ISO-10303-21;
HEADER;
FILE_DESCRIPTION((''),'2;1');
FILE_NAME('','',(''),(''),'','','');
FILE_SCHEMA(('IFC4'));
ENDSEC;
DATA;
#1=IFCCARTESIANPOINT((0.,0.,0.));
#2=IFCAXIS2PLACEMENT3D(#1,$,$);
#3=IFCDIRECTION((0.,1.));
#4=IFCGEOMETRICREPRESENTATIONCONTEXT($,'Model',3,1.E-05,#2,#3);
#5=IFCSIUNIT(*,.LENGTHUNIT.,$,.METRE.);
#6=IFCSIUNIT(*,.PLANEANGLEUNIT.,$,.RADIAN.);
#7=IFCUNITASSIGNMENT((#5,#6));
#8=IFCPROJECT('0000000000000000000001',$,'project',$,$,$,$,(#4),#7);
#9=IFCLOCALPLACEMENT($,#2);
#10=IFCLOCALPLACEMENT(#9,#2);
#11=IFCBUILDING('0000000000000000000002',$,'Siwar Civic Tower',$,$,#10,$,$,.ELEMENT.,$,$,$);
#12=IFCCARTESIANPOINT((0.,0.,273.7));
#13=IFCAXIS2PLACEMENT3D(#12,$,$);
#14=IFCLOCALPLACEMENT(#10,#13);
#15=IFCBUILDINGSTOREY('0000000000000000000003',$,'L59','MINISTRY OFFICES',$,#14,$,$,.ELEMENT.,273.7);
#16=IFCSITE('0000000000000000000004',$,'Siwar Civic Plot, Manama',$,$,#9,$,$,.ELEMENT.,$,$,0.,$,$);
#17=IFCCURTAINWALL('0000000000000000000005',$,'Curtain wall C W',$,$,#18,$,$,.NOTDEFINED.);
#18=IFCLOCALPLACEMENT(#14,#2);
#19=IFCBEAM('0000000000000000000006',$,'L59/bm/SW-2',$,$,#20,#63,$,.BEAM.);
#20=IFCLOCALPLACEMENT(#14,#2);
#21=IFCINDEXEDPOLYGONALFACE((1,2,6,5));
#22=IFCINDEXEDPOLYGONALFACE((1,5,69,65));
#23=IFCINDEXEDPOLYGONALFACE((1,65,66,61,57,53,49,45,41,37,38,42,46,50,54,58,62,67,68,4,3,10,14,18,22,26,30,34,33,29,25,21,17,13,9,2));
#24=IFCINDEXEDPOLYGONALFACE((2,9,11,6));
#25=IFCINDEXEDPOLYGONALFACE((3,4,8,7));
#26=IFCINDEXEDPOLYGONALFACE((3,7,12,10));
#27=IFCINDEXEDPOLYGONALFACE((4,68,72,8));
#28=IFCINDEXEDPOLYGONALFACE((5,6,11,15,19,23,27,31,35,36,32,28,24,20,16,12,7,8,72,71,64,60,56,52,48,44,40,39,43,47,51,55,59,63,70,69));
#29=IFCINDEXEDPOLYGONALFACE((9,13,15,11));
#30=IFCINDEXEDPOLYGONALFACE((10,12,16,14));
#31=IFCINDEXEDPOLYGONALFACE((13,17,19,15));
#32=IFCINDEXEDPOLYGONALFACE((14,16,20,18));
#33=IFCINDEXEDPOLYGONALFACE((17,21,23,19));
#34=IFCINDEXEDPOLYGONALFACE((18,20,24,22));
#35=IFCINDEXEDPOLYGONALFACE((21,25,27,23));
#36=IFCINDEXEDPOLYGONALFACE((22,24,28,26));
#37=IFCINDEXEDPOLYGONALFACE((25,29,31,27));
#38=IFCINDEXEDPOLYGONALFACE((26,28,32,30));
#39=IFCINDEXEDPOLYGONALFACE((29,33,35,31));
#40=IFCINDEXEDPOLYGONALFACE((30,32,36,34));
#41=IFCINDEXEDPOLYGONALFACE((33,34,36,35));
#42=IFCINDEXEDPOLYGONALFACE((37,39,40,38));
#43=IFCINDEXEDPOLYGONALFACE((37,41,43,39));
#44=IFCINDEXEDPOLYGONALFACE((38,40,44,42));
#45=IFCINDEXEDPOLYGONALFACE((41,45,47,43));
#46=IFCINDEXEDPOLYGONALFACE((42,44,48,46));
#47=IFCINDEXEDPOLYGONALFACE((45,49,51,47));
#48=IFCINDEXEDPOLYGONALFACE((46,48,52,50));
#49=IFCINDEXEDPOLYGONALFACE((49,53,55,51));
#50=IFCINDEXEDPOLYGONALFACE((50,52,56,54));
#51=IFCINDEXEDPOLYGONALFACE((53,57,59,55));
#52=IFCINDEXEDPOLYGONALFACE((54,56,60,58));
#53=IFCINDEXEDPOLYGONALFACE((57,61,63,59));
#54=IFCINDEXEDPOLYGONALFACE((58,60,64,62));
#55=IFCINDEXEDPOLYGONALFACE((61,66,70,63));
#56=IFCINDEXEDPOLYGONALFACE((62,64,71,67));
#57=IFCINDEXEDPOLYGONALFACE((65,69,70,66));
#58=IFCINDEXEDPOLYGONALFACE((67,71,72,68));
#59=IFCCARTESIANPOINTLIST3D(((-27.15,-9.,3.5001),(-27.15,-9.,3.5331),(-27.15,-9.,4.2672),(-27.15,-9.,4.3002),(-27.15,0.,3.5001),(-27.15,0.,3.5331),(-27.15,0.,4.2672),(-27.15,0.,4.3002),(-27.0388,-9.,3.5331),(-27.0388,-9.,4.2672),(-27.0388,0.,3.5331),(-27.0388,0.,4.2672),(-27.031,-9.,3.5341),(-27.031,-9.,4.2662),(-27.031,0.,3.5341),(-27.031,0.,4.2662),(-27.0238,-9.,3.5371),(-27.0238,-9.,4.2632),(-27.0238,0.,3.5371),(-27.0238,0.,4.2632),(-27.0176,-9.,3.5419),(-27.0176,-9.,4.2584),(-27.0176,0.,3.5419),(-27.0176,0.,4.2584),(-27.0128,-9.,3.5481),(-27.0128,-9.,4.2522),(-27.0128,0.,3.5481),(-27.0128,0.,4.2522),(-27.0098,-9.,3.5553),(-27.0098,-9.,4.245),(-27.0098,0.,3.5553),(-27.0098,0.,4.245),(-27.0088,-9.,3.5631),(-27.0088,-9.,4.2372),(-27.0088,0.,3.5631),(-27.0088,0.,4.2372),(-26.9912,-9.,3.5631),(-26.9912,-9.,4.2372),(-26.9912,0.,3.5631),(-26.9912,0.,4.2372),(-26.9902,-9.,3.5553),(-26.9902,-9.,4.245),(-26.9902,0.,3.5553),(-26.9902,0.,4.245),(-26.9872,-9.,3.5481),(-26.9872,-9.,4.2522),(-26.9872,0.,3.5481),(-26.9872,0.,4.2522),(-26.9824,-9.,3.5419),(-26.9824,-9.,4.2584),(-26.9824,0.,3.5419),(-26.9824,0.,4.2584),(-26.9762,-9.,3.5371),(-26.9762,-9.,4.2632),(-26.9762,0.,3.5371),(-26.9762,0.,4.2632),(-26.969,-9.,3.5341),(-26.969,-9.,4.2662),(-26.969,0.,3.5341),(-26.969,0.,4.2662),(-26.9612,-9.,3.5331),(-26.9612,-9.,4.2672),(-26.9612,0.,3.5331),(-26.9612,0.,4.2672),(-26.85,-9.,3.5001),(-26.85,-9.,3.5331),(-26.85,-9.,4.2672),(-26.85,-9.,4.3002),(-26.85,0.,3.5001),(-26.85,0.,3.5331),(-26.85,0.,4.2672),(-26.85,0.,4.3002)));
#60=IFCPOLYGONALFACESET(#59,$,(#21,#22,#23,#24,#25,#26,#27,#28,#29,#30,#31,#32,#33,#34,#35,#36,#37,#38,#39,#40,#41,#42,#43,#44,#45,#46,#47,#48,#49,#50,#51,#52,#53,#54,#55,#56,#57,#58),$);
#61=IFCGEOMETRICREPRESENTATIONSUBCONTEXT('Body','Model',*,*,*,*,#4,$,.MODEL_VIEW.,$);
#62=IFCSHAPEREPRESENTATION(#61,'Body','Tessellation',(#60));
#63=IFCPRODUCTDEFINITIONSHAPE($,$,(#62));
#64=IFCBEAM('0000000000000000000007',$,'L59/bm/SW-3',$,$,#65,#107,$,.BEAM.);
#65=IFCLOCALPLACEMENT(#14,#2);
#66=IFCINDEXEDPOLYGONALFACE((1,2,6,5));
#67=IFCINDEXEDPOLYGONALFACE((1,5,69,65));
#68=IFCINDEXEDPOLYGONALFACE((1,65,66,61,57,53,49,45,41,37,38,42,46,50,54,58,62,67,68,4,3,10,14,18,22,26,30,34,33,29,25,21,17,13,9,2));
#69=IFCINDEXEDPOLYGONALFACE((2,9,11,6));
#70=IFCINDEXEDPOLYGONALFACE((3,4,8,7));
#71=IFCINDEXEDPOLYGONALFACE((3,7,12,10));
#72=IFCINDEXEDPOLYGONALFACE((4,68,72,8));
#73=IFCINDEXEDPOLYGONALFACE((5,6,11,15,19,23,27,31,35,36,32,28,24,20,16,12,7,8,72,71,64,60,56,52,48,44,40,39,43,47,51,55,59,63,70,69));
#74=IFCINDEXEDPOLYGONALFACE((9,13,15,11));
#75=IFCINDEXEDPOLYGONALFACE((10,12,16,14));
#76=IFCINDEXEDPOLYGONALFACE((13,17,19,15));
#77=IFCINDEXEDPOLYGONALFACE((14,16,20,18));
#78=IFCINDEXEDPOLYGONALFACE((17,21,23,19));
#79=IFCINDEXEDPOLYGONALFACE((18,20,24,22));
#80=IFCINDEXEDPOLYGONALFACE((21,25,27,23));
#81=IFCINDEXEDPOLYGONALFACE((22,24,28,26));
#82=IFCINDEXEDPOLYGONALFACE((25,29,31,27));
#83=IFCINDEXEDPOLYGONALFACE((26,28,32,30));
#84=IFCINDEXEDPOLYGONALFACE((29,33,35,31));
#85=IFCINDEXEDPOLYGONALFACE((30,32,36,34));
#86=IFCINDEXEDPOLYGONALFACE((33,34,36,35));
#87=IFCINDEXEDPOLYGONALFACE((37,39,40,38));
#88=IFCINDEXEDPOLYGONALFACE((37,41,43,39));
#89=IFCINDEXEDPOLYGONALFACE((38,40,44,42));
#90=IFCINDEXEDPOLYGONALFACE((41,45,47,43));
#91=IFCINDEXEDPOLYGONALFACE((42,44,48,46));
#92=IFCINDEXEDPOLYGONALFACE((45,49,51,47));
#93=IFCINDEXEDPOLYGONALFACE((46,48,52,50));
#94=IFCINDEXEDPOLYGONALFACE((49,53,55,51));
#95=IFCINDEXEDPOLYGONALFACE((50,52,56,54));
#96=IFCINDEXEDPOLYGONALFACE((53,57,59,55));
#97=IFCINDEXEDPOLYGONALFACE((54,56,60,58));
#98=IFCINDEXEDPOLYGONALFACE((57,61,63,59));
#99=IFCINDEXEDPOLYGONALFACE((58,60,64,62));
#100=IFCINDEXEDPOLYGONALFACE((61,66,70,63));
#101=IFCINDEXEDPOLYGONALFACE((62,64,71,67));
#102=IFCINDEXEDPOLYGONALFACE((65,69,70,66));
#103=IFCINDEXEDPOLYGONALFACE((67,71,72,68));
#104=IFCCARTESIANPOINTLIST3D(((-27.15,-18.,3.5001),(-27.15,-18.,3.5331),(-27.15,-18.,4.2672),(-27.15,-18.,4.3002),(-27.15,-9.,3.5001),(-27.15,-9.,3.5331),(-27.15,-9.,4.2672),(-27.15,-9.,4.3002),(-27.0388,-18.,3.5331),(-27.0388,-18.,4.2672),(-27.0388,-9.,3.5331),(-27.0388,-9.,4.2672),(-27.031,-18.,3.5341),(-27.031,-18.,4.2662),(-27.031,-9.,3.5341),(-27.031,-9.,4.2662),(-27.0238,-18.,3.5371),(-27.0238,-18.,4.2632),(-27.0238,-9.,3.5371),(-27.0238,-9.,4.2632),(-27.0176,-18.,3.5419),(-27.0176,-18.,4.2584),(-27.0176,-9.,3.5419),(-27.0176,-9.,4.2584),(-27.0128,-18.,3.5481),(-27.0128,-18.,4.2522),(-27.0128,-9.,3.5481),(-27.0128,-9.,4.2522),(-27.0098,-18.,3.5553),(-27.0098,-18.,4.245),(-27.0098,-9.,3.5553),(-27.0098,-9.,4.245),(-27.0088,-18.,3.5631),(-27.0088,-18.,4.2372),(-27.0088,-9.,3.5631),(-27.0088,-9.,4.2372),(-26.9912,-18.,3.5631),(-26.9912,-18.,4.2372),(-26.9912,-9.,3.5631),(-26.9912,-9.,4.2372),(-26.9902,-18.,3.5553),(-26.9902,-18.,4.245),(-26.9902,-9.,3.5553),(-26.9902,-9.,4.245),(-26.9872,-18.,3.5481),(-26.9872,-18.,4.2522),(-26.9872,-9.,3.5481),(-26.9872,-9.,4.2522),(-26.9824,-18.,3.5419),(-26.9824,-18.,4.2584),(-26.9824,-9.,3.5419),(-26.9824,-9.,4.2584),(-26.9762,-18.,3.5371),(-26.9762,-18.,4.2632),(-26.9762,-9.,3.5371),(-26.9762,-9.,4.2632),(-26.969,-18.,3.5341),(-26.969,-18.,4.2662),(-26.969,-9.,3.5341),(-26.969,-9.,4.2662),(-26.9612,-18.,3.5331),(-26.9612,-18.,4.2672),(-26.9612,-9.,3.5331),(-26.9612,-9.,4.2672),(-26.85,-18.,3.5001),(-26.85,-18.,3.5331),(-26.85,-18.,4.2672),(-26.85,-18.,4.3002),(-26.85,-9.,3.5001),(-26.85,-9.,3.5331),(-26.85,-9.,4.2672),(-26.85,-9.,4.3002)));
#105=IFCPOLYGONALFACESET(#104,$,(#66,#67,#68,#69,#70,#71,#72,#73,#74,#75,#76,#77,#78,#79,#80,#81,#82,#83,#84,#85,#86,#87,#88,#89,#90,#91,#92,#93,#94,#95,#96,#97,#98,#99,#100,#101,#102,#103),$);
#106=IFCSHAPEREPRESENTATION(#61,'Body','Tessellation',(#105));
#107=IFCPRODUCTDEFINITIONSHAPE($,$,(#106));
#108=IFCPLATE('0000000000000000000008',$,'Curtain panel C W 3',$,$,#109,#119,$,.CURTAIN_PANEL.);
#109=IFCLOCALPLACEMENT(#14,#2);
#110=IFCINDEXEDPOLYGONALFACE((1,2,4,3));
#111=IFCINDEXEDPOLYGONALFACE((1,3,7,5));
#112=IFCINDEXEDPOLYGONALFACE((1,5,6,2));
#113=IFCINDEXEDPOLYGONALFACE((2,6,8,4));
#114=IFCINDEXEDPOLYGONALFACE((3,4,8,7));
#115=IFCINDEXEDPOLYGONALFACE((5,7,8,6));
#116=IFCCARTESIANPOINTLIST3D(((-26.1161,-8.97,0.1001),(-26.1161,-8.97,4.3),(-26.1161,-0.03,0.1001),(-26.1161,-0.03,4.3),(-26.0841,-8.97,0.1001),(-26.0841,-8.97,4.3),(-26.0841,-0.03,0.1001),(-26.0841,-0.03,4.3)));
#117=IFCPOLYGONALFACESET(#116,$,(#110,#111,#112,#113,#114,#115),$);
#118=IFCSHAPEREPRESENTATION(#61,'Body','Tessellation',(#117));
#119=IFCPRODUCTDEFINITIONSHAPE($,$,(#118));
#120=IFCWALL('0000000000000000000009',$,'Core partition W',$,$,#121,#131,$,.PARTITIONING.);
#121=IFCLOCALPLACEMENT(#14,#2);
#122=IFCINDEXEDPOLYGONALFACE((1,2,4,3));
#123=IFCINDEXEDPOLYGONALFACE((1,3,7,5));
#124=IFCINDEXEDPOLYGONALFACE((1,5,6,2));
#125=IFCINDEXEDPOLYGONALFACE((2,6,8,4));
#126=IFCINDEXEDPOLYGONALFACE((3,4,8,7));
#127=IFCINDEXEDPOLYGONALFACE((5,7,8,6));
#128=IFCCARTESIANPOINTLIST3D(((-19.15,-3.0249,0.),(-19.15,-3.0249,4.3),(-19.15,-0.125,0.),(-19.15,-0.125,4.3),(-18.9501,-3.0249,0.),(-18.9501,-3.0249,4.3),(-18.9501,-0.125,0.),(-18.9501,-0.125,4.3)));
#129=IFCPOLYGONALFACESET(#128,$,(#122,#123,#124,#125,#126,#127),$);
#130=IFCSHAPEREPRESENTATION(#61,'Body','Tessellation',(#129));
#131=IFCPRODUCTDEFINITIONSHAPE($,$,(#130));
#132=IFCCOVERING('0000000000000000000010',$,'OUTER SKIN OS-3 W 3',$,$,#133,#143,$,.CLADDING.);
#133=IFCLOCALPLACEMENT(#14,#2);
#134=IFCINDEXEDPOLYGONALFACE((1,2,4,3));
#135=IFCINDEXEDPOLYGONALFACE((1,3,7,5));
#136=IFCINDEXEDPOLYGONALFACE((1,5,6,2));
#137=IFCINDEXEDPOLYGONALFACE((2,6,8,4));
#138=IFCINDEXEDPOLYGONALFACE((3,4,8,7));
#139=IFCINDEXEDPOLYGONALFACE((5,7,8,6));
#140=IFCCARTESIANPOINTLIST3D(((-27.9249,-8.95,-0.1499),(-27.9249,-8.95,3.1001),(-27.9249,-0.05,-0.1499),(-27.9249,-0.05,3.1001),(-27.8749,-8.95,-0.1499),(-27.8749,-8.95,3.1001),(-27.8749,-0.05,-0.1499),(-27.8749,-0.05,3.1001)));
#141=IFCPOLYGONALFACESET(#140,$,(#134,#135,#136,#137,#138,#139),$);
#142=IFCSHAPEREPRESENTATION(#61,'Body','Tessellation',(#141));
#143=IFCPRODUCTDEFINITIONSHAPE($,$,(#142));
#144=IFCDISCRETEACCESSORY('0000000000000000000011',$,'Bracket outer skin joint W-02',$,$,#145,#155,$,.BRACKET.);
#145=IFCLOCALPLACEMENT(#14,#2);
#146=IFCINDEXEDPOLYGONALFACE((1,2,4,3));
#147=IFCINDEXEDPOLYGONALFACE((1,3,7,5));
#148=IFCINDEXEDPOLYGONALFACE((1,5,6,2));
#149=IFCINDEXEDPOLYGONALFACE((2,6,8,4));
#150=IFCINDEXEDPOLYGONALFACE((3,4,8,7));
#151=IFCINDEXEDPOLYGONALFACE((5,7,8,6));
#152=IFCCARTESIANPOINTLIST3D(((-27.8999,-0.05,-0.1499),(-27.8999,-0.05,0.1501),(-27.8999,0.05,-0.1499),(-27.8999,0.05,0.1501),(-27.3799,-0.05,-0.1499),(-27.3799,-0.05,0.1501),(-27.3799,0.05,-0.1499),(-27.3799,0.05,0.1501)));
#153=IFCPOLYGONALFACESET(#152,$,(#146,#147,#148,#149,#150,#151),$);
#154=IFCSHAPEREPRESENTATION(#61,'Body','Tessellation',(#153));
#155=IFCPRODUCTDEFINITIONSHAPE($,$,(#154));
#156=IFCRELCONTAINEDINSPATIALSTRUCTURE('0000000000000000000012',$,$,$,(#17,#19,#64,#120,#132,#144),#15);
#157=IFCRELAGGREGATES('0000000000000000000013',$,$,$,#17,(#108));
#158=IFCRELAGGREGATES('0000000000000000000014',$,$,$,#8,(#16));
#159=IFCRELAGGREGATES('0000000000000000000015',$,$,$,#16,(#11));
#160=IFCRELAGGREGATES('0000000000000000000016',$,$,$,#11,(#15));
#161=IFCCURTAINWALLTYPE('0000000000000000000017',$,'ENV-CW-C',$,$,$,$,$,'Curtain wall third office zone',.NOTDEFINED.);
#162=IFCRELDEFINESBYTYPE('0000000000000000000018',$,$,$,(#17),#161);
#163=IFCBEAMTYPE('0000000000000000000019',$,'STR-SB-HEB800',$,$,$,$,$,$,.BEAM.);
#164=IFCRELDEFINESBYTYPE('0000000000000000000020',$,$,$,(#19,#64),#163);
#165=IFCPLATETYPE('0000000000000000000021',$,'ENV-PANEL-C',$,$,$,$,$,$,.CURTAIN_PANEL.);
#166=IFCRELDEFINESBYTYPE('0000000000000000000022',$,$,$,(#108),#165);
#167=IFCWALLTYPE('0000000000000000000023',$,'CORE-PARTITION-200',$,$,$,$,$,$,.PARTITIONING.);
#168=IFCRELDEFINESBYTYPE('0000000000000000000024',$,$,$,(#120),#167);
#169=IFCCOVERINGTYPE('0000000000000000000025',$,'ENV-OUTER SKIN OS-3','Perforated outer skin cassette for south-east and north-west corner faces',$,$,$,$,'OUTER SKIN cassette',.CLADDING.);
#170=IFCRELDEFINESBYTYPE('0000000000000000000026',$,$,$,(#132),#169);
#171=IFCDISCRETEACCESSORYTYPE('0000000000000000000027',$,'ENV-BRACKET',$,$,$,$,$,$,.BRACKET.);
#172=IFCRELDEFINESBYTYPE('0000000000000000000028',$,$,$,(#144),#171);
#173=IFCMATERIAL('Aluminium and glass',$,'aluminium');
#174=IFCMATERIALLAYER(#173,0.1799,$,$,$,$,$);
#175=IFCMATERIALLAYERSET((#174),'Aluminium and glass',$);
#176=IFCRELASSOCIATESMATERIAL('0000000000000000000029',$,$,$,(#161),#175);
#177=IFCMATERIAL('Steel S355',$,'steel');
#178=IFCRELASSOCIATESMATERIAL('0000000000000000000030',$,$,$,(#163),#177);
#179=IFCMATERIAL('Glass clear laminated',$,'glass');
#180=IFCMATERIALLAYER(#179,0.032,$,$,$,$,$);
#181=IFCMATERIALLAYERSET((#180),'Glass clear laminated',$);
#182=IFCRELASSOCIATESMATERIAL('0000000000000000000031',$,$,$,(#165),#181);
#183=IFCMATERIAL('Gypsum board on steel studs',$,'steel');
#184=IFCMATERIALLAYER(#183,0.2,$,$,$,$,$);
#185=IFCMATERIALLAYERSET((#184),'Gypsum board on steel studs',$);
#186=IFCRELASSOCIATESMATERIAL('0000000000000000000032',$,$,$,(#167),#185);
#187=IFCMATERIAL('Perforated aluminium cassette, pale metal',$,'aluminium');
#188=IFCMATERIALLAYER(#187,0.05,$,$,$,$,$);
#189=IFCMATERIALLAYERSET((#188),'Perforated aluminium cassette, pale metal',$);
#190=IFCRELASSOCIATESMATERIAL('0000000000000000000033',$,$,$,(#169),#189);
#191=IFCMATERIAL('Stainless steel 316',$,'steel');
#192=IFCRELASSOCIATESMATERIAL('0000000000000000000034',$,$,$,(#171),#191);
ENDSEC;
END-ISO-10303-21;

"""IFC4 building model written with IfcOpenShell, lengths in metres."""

from ifc_helpers import new_model, si_unit, direction, frame, frame_2d, origin, origin_2d, place, context, subcontext, project, spatial, rectangle, i_section, extrude, material, layer, layer_set, material_profile, profile_set, type_object, element, aggregate, save


model = new_model("IFC4")

# Units and contexts
model_context = context("Model", 3, precision=1e-05, world=origin(), true_north=direction((0.0, 1.0)))
body_context = subcontext(model_context, "Body", "Model", "MODEL_VIEW")
ifc_project = project(units=[si_unit("LENGTHUNIT", "METRE"), si_unit("PLANEANGLEUNIT", "RADIAN")], contexts=[model_context])

# Site, building, storey
site_placement = place(None, origin())
site = spatial("IfcSite", under=ifc_project, at=site_placement, Name="Siwar Civic Plot, Manama", CompositionType="ELEMENT", RefElevation=0.0)
building_placement = place(site_placement, origin())
building = spatial("IfcBuilding", under=site, at=building_placement, Name="Siwar Civic Tower", CompositionType="ELEMENT")
storey_placement = place(building_placement, frame((0.0, 0.0, 273.7)))
storey = spatial("IfcBuildingStorey", under=building, at=storey_placement, Name="L59", Description="MINISTRY OFFICES", CompositionType="ELEMENT", Elevation=273.7)

# Curtain wall
ifc_material_1 = material(Name="Aluminium and glass", Category="aluminium")
ifc_layer_1 = layer(ifc_material_1, 0.1799)
ifc_layer_set_1 = layer_set([ifc_layer_1], Name="Aluminium and glass")
curtain_wall_type = type_object("IfcCurtainWallType", Name="ENV-CW-C", ElementType="Curtain wall third office zone", PredefinedType="NOTDEFINED", material=ifc_layer_set_1)
curtain_wall_placement = place(storey_placement, origin())
curtain_wall = element("IfcCurtainWall", 1, at=curtain_wall_placement, inside=storey, type_object=curtain_wall_type, Name="Curtain wall C W", PredefinedType="NOTDEFINED")

# Beams
ifc_material_2 = material(Name="Steel S355", Category="steel")
ifc_material_profile_1 = material_profile(ifc_material_2, i_section(OverallWidth=0.3, OverallDepth=0.8, WebThickness=0.0176, FlangeThickness=0.033, FilletRadius=0.03, at=origin_2d()), Name="HEB800")
ifc_profile_set_1 = profile_set([ifc_material_profile_1], Name="Steel S355")
beam_type_1 = type_object("IfcBeamType", Name="STR-SB-HEB800", PredefinedType="BEAM", material=ifc_profile_set_1)
for number, where, z_axis, x_axis, name in (
    (2, (-27.0, 0.0, 3.9001), (0.0, -1.0, 0.0), (1.0, 0.0, 0.0), "L59/bm/SW-2"),
    (3, (-27.0, -9.0, 3.9001), (0.0, -1.0, 0.0), (1.0, 0.0, 0.0), "L59/bm/SW-3"),
):
    element("IfcBeam", number, at=place(storey_placement, frame(where, z_axis=z_axis, x_axis=x_axis)), inside=storey, type_object=beam_type_1, Name=name, PredefinedType="BEAM", context=body_context, shape_type="SweptSolid", body=[
        extrude(i_section(OverallWidth=0.3, OverallDepth=0.8, WebThickness=0.0176, FlangeThickness=0.033, FilletRadius=0.03, at=origin_2d()), origin(), (0.0, 0.0, 1.0), 9.0),
    ])

# Plate
ifc_material_3 = material(Name="Glass clear laminated", Category="glass")
ifc_layer_2 = layer(ifc_material_3, 0.032)
ifc_layer_set_2 = layer_set([ifc_layer_2], Name="Glass clear laminated")
plate_type = type_object("IfcPlateType", Name="ENV-PANEL-C", PredefinedType="CURTAIN_PANEL", material=ifc_layer_set_2)
plate_placement = place(storey_placement, frame((-26.1001, -4.5, 0.1001), z_axis=(0.0, 0.0, 1.0), x_axis=(0.0, -1.0, 0.0)))
plate = element("IfcPlate", 4, at=plate_placement, type_object=plate_type, Name="Curtain panel C W 3", PredefinedType="CURTAIN_PANEL", context=body_context, shape_type="SweptSolid", body=[
    extrude(rectangle(XDim=8.9399, YDim=0.032, at=origin_2d()), origin(), (0.0, 0.0, 1.0), 4.2),
])
aggregate(curtain_wall, [plate])

# Wall
ifc_material_4 = material(Name="Gypsum board on steel studs", Category="steel")
ifc_layer_3 = layer(ifc_material_4, 0.2)
ifc_layer_set_3 = layer_set([ifc_layer_3], Name="Gypsum board on steel studs")
wall_type = type_object("IfcWallType", Name="CORE-PARTITION-200", PredefinedType="PARTITIONING", material=ifc_layer_set_3)
wall_placement = place(storey_placement, frame((-19.05, -3.0249, 0.0), z_axis=(0.0, 0.0, 1.0), x_axis=(0.0, 1.0, 0.0)))
element("IfcWall", 5, at=wall_placement, inside=storey, type_object=wall_type, Name="Core partition W", PredefinedType="PARTITIONING", context=body_context, shape_type="SweptSolid", body=[
    extrude(rectangle(XDim=2.8999, YDim=0.2, at=frame_2d((1.45, 0.0))), origin(), (0.0, 0.0, 1.0), 4.3),
])

# Covering
ifc_material_5 = material(Name="Perforated aluminium cassette, pale metal", Category="aluminium")
ifc_layer_4 = layer(ifc_material_5, 0.05)
ifc_layer_set_4 = layer_set([ifc_layer_4], Name="Perforated aluminium cassette, pale metal")
covering_type = type_object("IfcCoveringType", Name="ENV-OUTER SKIN OS-3", Description="Perforated outer skin cassette for south-east and north-west corner faces", ElementType="OUTER SKIN cassette", PredefinedType="CLADDING", material=ifc_layer_set_4)
covering_placement = place(storey_placement, frame((-27.8999, -4.5, -0.1499), z_axis=(0.0, 0.0, 1.0), x_axis=(0.0, -1.0, 0.0)))
element("IfcCovering", 6, at=covering_placement, inside=storey, type_object=covering_type, Name="OUTER SKIN OS-3 W 3", PredefinedType="CLADDING", context=body_context, shape_type="SweptSolid", body=[
    extrude(rectangle(XDim=8.8999, YDim=0.05, at=origin_2d()), origin(), (0.0, 0.0, 1.0), 3.25),
])

# Discrete accessory
ifc_material_6 = material(Name="Stainless steel 316", Category="steel")
discrete_accessory_type = type_object("IfcDiscreteAccessoryType", Name="ENV-BRACKET", PredefinedType="BRACKET", material=ifc_material_6)
discrete_accessory_placement = place(storey_placement, frame((-27.6399, 0.0, -0.1499), z_axis=(0.0, 0.0, 1.0), x_axis=(-1.0, 0.0, 0.0)))
element("IfcDiscreteAccessory", 7, at=discrete_accessory_placement, inside=storey, type_object=discrete_accessory_type, Name="Bracket outer skin joint W-02", PredefinedType="BRACKET", context=body_context, shape_type="SweptSolid", body=[
    extrude(rectangle(XDim=0.52, YDim=0.1001, at=origin_2d()), origin(), (0.0, 0.0, 1.0), 0.3),
])

save(model, "model.ifc")
